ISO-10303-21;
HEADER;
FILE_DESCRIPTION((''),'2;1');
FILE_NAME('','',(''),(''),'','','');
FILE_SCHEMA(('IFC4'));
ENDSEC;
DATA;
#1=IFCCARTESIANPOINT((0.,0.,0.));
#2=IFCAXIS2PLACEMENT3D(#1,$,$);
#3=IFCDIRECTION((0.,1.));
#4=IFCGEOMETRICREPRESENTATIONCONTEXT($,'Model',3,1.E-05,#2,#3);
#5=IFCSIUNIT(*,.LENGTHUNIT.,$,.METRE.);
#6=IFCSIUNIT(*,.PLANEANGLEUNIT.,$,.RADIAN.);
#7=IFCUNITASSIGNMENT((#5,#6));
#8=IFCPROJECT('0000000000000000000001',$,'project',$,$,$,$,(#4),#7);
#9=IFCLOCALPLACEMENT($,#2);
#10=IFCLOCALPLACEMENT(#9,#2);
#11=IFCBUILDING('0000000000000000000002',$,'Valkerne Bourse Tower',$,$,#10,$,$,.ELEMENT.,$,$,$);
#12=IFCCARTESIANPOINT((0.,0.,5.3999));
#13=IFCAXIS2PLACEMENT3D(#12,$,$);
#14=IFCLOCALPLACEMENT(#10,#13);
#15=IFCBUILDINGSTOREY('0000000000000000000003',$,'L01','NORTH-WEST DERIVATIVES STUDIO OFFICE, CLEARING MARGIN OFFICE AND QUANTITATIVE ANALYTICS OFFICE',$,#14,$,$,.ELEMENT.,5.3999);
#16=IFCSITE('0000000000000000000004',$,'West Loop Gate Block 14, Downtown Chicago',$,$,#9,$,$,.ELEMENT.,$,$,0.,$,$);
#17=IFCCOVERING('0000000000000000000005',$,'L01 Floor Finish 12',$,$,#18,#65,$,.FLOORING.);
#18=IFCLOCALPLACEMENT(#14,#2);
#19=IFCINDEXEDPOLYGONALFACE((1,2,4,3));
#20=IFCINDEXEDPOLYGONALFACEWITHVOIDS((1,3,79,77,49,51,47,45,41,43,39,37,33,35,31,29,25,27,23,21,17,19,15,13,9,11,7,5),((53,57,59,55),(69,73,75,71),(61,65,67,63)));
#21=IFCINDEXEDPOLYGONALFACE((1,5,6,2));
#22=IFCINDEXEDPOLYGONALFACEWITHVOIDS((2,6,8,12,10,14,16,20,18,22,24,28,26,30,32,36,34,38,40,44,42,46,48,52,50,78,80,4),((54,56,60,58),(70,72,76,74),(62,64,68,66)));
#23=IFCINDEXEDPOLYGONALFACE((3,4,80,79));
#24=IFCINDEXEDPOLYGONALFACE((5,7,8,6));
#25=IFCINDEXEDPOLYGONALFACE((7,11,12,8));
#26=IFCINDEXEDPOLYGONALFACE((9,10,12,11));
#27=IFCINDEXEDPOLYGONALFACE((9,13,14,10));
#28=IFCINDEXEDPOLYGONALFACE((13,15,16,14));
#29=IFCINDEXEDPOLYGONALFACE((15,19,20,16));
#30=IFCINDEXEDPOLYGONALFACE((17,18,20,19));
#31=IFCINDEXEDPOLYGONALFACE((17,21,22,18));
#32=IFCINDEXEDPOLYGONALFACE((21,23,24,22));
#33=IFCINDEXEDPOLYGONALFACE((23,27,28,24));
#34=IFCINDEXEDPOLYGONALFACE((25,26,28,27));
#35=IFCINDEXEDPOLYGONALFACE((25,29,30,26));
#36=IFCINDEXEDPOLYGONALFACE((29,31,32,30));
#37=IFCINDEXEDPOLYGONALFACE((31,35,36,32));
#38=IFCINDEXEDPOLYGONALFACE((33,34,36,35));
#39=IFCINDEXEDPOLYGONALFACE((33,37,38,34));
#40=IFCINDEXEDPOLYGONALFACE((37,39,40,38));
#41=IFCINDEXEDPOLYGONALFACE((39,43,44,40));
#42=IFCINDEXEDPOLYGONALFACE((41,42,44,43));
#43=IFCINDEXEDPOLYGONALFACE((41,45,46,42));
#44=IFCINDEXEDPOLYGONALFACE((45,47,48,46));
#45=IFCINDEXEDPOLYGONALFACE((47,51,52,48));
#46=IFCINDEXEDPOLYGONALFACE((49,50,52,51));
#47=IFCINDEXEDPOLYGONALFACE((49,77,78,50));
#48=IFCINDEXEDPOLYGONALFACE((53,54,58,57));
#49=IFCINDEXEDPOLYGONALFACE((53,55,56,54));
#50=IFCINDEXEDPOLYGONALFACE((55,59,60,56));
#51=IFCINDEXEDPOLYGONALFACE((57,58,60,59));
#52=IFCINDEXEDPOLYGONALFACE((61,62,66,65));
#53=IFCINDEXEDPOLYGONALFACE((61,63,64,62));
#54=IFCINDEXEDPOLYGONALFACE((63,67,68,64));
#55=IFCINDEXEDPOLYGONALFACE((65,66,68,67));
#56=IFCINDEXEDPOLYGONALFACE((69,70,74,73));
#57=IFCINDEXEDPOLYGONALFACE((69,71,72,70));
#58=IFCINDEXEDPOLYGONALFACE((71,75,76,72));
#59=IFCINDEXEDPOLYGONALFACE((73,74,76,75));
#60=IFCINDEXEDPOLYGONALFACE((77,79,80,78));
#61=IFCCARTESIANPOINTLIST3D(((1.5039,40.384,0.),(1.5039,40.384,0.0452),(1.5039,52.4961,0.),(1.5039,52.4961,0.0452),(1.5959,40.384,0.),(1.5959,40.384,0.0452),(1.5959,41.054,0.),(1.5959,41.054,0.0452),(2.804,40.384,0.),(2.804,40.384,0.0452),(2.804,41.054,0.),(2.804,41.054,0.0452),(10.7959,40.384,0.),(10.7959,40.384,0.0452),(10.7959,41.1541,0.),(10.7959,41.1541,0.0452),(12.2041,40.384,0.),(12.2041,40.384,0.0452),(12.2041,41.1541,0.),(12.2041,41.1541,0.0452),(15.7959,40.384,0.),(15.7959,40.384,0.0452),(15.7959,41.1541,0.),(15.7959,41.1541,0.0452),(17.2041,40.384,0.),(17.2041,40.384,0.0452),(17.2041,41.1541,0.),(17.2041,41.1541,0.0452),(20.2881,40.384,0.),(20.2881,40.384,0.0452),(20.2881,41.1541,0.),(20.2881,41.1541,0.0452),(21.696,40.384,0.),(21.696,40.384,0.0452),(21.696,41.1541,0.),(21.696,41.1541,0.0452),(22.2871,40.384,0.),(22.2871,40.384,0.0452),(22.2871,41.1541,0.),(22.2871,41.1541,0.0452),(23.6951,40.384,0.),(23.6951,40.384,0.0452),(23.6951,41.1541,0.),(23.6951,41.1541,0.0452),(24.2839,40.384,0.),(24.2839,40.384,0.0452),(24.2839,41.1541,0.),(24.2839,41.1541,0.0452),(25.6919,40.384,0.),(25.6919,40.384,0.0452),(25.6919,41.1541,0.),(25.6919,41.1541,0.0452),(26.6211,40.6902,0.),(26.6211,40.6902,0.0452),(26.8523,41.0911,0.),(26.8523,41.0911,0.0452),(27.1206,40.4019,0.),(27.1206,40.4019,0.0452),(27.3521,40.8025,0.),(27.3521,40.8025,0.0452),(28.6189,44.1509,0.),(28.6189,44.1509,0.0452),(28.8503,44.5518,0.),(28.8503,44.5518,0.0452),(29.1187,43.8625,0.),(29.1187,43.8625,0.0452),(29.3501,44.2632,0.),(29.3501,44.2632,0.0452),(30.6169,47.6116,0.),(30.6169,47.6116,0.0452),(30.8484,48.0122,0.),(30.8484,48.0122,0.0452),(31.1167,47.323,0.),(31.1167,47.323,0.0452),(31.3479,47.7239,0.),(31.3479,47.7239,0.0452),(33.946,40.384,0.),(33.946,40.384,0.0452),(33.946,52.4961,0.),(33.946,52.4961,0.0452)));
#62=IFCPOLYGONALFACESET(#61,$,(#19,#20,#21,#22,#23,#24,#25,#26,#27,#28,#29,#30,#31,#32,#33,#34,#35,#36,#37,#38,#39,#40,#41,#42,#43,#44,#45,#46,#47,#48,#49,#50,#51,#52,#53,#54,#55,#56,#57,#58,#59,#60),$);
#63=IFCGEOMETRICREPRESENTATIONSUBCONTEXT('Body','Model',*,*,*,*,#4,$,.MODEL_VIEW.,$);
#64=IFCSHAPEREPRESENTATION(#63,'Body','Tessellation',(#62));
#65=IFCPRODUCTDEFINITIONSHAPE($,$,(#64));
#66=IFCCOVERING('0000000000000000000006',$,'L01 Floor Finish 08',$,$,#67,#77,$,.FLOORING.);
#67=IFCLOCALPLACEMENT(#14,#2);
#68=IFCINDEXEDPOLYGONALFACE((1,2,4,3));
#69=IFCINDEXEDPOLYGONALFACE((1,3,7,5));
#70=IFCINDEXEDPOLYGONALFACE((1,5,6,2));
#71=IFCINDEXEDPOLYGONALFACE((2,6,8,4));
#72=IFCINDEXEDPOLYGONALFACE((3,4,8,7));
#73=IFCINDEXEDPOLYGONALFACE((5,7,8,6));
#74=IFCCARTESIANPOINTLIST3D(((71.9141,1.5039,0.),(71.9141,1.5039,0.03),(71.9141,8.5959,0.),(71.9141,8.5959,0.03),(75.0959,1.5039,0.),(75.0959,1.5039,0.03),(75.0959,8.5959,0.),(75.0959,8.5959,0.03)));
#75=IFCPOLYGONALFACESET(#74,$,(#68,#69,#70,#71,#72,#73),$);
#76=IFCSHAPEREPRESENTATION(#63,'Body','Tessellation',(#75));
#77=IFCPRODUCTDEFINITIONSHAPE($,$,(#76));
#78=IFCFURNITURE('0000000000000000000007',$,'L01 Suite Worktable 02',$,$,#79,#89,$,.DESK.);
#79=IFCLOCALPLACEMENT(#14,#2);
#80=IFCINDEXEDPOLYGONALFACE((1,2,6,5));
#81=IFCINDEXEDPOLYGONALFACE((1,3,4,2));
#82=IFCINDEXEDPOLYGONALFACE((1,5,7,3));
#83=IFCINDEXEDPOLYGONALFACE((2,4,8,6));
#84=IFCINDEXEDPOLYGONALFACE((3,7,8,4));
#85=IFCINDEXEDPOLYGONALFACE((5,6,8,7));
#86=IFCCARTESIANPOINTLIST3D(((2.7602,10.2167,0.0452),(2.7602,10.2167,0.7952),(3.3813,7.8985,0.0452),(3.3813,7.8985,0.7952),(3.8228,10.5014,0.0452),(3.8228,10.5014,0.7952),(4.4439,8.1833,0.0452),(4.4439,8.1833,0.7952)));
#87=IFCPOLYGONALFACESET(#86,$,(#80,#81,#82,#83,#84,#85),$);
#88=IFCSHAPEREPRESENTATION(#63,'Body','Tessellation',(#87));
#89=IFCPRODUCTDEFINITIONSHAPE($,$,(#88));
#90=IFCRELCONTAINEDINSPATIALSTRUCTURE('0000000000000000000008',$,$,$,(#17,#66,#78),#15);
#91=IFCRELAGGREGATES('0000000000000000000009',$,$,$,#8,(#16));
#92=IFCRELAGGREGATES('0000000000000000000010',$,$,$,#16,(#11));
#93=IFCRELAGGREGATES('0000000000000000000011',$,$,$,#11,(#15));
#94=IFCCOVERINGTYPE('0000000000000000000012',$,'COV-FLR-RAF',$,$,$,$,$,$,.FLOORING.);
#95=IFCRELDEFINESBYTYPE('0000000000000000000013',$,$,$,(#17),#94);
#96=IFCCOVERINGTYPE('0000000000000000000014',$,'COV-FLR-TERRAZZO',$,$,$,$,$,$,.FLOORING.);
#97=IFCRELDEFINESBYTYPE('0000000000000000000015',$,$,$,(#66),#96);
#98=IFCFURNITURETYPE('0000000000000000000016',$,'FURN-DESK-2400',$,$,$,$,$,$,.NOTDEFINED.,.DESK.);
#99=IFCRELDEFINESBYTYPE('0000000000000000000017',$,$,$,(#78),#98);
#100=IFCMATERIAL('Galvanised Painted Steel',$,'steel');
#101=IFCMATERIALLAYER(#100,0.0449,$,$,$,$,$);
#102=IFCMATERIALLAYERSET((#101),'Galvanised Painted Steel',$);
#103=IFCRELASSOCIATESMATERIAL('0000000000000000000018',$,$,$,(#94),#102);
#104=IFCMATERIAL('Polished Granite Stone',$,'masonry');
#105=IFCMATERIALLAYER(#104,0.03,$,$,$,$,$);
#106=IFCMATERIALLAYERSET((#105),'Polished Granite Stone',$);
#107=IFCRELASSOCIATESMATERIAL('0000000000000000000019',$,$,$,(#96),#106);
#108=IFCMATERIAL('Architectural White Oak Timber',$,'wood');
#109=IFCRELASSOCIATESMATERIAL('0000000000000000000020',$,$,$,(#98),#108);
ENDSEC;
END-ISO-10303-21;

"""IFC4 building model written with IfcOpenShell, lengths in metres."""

from ifc_helpers import new_model, si_unit, direction, frame, origin, origin_2d, place, context, subcontext, project, spatial, polyline, rectangle, outline, extrude, material, layer, layer_set, type_object, element, save


model = new_model("IFC4")

# Units and contexts
model_context = context("Model", 3, precision=1e-05, world=origin(), true_north=direction((0.0, 1.0)))
body_context = subcontext(model_context, "Body", "Model", "MODEL_VIEW")
ifc_project = project(units=[si_unit("LENGTHUNIT", "METRE"), si_unit("PLANEANGLEUNIT", "RADIAN")], contexts=[model_context])

# Site, building, storey
site_placement = place(None, origin())
site = spatial("IfcSite", under=ifc_project, at=site_placement, Name="West Loop Gate Block 14, Downtown Chicago", CompositionType="ELEMENT", RefElevation=0.0)
building_placement = place(site_placement, origin())
building = spatial("IfcBuilding", under=site, at=building_placement, Name="Valkerne Bourse Tower", CompositionType="ELEMENT")
storey_placement = place(building_placement, frame((0.0, 0.0, 5.3999)))
storey = spatial("IfcBuildingStorey", under=building, at=storey_placement, Name="L01", Description="NORTH-WEST DERIVATIVES STUDIO OFFICE, CLEARING MARGIN OFFICE AND QUANTITATIVE ANALYTICS OFFICE", CompositionType="ELEMENT", Elevation=5.3999)

# Coverings
ifc_material_1 = material(Name="Galvanised Painted Steel", Category="steel")
ifc_layer_1 = layer(ifc_material_1, 0.0449)
ifc_layer_set_1 = layer_set([ifc_layer_1], Name="Galvanised Painted Steel")
covering_type_1 = type_object("IfcCoveringType", Name="COV-FLR-RAF", PredefinedType="FLOORING", material=ifc_layer_set_1)
covering_1_placement = place(storey_placement, origin())
element("IfcCovering", 1, at=covering_1_placement, inside=storey, type_object=covering_type_1, Name="L01 Floor Finish 12", PredefinedType="FLOORING", context=body_context, shape_type="SweptSolid", body=[
    extrude(outline(polyline([(1.5039, 52.4961), (33.946, 52.4961), (33.946, 40.384), (25.6919, 40.384), (25.6919, 41.1541), (24.2839, 41.1541), (24.2839, 40.384), (23.6951, 40.384), (23.6951, 41.1541), (22.2871, 41.1541), (22.2871, 40.384), (21.696, 40.384), (21.696, 41.1541), (20.2881, 41.1541), (20.2881, 40.384), (17.2041, 40.384), (17.2041, 41.1541), (15.7959, 41.1541), (15.7959, 40.384), (12.2041, 40.384), (12.2041, 41.1541), (10.7959, 41.1541), (10.7959, 40.384), (2.804, 40.384), (2.804, 41.054), (1.5959, 41.054), (1.5959, 40.384), (1.5039, 40.384), (1.5039, 52.4961)]), holes=[polyline([(26.6211, 40.6902), (27.1206, 40.4019), (27.3521, 40.8025), (26.8523, 41.0911), (26.6211, 40.6902)]), polyline([(28.8503, 44.5518), (28.6189, 44.1509), (29.1187, 43.8625), (29.3501, 44.2632), (28.8503, 44.5518)]), polyline([(30.6169, 47.6116), (31.1167, 47.323), (31.3479, 47.7239), (30.8484, 48.0122), (30.6169, 47.6116)])]), origin(), (0.0, 0.0, 1.0), 0.0452),
])
ifc_material_2 = material(Name="Polished Granite Stone", Category="masonry")
ifc_layer_2 = layer(ifc_material_2, 0.03)
ifc_layer_set_2 = layer_set([ifc_layer_2], Name="Polished Granite Stone")
covering_type_2 = type_object("IfcCoveringType", Name="COV-FLR-TERRAZZO", PredefinedType="FLOORING", material=ifc_layer_set_2)
covering_2_placement = place(storey_placement, origin())
element("IfcCovering", 2, at=covering_2_placement, inside=storey, type_object=covering_type_2, Name="L01 Floor Finish 08", PredefinedType="FLOORING", context=body_context, shape_type="SweptSolid", body=[
    extrude(outline(polyline([(71.9141, 8.5959), (75.0959, 8.5959), (75.0959, 1.5039), (71.9141, 1.5039), (71.9141, 8.5959)])), origin(), (0.0, 0.0, 1.0), 0.03),
])

# Furniture
ifc_material_3 = material(Name="Architectural White Oak Timber", Category="wood")
furniture_type = type_object("IfcFurnitureType", Name="FURN-DESK-2400", AssemblyPlace="NOTDEFINED", PredefinedType="DESK", material=ifc_material_3)
furniture_placement = place(storey_placement, frame((3.6021, 9.2, 0.0452), z_axis=(0.0, 0.0, 1.0), x_axis=(-0.258819, 0.965926, 0.0)))
element("IfcFurniture", 3, at=furniture_placement, inside=storey, type_object=furniture_type, Name="L01 Suite Worktable 02", PredefinedType="DESK", context=body_context, shape_type="SweptSolid", body=[
    extrude(rectangle(XDim=2.3999, YDim=1.1001, at=origin_2d()), origin(), (0.0, 0.0, 1.0), 0.75),
])

save(model, "model.ifc")
